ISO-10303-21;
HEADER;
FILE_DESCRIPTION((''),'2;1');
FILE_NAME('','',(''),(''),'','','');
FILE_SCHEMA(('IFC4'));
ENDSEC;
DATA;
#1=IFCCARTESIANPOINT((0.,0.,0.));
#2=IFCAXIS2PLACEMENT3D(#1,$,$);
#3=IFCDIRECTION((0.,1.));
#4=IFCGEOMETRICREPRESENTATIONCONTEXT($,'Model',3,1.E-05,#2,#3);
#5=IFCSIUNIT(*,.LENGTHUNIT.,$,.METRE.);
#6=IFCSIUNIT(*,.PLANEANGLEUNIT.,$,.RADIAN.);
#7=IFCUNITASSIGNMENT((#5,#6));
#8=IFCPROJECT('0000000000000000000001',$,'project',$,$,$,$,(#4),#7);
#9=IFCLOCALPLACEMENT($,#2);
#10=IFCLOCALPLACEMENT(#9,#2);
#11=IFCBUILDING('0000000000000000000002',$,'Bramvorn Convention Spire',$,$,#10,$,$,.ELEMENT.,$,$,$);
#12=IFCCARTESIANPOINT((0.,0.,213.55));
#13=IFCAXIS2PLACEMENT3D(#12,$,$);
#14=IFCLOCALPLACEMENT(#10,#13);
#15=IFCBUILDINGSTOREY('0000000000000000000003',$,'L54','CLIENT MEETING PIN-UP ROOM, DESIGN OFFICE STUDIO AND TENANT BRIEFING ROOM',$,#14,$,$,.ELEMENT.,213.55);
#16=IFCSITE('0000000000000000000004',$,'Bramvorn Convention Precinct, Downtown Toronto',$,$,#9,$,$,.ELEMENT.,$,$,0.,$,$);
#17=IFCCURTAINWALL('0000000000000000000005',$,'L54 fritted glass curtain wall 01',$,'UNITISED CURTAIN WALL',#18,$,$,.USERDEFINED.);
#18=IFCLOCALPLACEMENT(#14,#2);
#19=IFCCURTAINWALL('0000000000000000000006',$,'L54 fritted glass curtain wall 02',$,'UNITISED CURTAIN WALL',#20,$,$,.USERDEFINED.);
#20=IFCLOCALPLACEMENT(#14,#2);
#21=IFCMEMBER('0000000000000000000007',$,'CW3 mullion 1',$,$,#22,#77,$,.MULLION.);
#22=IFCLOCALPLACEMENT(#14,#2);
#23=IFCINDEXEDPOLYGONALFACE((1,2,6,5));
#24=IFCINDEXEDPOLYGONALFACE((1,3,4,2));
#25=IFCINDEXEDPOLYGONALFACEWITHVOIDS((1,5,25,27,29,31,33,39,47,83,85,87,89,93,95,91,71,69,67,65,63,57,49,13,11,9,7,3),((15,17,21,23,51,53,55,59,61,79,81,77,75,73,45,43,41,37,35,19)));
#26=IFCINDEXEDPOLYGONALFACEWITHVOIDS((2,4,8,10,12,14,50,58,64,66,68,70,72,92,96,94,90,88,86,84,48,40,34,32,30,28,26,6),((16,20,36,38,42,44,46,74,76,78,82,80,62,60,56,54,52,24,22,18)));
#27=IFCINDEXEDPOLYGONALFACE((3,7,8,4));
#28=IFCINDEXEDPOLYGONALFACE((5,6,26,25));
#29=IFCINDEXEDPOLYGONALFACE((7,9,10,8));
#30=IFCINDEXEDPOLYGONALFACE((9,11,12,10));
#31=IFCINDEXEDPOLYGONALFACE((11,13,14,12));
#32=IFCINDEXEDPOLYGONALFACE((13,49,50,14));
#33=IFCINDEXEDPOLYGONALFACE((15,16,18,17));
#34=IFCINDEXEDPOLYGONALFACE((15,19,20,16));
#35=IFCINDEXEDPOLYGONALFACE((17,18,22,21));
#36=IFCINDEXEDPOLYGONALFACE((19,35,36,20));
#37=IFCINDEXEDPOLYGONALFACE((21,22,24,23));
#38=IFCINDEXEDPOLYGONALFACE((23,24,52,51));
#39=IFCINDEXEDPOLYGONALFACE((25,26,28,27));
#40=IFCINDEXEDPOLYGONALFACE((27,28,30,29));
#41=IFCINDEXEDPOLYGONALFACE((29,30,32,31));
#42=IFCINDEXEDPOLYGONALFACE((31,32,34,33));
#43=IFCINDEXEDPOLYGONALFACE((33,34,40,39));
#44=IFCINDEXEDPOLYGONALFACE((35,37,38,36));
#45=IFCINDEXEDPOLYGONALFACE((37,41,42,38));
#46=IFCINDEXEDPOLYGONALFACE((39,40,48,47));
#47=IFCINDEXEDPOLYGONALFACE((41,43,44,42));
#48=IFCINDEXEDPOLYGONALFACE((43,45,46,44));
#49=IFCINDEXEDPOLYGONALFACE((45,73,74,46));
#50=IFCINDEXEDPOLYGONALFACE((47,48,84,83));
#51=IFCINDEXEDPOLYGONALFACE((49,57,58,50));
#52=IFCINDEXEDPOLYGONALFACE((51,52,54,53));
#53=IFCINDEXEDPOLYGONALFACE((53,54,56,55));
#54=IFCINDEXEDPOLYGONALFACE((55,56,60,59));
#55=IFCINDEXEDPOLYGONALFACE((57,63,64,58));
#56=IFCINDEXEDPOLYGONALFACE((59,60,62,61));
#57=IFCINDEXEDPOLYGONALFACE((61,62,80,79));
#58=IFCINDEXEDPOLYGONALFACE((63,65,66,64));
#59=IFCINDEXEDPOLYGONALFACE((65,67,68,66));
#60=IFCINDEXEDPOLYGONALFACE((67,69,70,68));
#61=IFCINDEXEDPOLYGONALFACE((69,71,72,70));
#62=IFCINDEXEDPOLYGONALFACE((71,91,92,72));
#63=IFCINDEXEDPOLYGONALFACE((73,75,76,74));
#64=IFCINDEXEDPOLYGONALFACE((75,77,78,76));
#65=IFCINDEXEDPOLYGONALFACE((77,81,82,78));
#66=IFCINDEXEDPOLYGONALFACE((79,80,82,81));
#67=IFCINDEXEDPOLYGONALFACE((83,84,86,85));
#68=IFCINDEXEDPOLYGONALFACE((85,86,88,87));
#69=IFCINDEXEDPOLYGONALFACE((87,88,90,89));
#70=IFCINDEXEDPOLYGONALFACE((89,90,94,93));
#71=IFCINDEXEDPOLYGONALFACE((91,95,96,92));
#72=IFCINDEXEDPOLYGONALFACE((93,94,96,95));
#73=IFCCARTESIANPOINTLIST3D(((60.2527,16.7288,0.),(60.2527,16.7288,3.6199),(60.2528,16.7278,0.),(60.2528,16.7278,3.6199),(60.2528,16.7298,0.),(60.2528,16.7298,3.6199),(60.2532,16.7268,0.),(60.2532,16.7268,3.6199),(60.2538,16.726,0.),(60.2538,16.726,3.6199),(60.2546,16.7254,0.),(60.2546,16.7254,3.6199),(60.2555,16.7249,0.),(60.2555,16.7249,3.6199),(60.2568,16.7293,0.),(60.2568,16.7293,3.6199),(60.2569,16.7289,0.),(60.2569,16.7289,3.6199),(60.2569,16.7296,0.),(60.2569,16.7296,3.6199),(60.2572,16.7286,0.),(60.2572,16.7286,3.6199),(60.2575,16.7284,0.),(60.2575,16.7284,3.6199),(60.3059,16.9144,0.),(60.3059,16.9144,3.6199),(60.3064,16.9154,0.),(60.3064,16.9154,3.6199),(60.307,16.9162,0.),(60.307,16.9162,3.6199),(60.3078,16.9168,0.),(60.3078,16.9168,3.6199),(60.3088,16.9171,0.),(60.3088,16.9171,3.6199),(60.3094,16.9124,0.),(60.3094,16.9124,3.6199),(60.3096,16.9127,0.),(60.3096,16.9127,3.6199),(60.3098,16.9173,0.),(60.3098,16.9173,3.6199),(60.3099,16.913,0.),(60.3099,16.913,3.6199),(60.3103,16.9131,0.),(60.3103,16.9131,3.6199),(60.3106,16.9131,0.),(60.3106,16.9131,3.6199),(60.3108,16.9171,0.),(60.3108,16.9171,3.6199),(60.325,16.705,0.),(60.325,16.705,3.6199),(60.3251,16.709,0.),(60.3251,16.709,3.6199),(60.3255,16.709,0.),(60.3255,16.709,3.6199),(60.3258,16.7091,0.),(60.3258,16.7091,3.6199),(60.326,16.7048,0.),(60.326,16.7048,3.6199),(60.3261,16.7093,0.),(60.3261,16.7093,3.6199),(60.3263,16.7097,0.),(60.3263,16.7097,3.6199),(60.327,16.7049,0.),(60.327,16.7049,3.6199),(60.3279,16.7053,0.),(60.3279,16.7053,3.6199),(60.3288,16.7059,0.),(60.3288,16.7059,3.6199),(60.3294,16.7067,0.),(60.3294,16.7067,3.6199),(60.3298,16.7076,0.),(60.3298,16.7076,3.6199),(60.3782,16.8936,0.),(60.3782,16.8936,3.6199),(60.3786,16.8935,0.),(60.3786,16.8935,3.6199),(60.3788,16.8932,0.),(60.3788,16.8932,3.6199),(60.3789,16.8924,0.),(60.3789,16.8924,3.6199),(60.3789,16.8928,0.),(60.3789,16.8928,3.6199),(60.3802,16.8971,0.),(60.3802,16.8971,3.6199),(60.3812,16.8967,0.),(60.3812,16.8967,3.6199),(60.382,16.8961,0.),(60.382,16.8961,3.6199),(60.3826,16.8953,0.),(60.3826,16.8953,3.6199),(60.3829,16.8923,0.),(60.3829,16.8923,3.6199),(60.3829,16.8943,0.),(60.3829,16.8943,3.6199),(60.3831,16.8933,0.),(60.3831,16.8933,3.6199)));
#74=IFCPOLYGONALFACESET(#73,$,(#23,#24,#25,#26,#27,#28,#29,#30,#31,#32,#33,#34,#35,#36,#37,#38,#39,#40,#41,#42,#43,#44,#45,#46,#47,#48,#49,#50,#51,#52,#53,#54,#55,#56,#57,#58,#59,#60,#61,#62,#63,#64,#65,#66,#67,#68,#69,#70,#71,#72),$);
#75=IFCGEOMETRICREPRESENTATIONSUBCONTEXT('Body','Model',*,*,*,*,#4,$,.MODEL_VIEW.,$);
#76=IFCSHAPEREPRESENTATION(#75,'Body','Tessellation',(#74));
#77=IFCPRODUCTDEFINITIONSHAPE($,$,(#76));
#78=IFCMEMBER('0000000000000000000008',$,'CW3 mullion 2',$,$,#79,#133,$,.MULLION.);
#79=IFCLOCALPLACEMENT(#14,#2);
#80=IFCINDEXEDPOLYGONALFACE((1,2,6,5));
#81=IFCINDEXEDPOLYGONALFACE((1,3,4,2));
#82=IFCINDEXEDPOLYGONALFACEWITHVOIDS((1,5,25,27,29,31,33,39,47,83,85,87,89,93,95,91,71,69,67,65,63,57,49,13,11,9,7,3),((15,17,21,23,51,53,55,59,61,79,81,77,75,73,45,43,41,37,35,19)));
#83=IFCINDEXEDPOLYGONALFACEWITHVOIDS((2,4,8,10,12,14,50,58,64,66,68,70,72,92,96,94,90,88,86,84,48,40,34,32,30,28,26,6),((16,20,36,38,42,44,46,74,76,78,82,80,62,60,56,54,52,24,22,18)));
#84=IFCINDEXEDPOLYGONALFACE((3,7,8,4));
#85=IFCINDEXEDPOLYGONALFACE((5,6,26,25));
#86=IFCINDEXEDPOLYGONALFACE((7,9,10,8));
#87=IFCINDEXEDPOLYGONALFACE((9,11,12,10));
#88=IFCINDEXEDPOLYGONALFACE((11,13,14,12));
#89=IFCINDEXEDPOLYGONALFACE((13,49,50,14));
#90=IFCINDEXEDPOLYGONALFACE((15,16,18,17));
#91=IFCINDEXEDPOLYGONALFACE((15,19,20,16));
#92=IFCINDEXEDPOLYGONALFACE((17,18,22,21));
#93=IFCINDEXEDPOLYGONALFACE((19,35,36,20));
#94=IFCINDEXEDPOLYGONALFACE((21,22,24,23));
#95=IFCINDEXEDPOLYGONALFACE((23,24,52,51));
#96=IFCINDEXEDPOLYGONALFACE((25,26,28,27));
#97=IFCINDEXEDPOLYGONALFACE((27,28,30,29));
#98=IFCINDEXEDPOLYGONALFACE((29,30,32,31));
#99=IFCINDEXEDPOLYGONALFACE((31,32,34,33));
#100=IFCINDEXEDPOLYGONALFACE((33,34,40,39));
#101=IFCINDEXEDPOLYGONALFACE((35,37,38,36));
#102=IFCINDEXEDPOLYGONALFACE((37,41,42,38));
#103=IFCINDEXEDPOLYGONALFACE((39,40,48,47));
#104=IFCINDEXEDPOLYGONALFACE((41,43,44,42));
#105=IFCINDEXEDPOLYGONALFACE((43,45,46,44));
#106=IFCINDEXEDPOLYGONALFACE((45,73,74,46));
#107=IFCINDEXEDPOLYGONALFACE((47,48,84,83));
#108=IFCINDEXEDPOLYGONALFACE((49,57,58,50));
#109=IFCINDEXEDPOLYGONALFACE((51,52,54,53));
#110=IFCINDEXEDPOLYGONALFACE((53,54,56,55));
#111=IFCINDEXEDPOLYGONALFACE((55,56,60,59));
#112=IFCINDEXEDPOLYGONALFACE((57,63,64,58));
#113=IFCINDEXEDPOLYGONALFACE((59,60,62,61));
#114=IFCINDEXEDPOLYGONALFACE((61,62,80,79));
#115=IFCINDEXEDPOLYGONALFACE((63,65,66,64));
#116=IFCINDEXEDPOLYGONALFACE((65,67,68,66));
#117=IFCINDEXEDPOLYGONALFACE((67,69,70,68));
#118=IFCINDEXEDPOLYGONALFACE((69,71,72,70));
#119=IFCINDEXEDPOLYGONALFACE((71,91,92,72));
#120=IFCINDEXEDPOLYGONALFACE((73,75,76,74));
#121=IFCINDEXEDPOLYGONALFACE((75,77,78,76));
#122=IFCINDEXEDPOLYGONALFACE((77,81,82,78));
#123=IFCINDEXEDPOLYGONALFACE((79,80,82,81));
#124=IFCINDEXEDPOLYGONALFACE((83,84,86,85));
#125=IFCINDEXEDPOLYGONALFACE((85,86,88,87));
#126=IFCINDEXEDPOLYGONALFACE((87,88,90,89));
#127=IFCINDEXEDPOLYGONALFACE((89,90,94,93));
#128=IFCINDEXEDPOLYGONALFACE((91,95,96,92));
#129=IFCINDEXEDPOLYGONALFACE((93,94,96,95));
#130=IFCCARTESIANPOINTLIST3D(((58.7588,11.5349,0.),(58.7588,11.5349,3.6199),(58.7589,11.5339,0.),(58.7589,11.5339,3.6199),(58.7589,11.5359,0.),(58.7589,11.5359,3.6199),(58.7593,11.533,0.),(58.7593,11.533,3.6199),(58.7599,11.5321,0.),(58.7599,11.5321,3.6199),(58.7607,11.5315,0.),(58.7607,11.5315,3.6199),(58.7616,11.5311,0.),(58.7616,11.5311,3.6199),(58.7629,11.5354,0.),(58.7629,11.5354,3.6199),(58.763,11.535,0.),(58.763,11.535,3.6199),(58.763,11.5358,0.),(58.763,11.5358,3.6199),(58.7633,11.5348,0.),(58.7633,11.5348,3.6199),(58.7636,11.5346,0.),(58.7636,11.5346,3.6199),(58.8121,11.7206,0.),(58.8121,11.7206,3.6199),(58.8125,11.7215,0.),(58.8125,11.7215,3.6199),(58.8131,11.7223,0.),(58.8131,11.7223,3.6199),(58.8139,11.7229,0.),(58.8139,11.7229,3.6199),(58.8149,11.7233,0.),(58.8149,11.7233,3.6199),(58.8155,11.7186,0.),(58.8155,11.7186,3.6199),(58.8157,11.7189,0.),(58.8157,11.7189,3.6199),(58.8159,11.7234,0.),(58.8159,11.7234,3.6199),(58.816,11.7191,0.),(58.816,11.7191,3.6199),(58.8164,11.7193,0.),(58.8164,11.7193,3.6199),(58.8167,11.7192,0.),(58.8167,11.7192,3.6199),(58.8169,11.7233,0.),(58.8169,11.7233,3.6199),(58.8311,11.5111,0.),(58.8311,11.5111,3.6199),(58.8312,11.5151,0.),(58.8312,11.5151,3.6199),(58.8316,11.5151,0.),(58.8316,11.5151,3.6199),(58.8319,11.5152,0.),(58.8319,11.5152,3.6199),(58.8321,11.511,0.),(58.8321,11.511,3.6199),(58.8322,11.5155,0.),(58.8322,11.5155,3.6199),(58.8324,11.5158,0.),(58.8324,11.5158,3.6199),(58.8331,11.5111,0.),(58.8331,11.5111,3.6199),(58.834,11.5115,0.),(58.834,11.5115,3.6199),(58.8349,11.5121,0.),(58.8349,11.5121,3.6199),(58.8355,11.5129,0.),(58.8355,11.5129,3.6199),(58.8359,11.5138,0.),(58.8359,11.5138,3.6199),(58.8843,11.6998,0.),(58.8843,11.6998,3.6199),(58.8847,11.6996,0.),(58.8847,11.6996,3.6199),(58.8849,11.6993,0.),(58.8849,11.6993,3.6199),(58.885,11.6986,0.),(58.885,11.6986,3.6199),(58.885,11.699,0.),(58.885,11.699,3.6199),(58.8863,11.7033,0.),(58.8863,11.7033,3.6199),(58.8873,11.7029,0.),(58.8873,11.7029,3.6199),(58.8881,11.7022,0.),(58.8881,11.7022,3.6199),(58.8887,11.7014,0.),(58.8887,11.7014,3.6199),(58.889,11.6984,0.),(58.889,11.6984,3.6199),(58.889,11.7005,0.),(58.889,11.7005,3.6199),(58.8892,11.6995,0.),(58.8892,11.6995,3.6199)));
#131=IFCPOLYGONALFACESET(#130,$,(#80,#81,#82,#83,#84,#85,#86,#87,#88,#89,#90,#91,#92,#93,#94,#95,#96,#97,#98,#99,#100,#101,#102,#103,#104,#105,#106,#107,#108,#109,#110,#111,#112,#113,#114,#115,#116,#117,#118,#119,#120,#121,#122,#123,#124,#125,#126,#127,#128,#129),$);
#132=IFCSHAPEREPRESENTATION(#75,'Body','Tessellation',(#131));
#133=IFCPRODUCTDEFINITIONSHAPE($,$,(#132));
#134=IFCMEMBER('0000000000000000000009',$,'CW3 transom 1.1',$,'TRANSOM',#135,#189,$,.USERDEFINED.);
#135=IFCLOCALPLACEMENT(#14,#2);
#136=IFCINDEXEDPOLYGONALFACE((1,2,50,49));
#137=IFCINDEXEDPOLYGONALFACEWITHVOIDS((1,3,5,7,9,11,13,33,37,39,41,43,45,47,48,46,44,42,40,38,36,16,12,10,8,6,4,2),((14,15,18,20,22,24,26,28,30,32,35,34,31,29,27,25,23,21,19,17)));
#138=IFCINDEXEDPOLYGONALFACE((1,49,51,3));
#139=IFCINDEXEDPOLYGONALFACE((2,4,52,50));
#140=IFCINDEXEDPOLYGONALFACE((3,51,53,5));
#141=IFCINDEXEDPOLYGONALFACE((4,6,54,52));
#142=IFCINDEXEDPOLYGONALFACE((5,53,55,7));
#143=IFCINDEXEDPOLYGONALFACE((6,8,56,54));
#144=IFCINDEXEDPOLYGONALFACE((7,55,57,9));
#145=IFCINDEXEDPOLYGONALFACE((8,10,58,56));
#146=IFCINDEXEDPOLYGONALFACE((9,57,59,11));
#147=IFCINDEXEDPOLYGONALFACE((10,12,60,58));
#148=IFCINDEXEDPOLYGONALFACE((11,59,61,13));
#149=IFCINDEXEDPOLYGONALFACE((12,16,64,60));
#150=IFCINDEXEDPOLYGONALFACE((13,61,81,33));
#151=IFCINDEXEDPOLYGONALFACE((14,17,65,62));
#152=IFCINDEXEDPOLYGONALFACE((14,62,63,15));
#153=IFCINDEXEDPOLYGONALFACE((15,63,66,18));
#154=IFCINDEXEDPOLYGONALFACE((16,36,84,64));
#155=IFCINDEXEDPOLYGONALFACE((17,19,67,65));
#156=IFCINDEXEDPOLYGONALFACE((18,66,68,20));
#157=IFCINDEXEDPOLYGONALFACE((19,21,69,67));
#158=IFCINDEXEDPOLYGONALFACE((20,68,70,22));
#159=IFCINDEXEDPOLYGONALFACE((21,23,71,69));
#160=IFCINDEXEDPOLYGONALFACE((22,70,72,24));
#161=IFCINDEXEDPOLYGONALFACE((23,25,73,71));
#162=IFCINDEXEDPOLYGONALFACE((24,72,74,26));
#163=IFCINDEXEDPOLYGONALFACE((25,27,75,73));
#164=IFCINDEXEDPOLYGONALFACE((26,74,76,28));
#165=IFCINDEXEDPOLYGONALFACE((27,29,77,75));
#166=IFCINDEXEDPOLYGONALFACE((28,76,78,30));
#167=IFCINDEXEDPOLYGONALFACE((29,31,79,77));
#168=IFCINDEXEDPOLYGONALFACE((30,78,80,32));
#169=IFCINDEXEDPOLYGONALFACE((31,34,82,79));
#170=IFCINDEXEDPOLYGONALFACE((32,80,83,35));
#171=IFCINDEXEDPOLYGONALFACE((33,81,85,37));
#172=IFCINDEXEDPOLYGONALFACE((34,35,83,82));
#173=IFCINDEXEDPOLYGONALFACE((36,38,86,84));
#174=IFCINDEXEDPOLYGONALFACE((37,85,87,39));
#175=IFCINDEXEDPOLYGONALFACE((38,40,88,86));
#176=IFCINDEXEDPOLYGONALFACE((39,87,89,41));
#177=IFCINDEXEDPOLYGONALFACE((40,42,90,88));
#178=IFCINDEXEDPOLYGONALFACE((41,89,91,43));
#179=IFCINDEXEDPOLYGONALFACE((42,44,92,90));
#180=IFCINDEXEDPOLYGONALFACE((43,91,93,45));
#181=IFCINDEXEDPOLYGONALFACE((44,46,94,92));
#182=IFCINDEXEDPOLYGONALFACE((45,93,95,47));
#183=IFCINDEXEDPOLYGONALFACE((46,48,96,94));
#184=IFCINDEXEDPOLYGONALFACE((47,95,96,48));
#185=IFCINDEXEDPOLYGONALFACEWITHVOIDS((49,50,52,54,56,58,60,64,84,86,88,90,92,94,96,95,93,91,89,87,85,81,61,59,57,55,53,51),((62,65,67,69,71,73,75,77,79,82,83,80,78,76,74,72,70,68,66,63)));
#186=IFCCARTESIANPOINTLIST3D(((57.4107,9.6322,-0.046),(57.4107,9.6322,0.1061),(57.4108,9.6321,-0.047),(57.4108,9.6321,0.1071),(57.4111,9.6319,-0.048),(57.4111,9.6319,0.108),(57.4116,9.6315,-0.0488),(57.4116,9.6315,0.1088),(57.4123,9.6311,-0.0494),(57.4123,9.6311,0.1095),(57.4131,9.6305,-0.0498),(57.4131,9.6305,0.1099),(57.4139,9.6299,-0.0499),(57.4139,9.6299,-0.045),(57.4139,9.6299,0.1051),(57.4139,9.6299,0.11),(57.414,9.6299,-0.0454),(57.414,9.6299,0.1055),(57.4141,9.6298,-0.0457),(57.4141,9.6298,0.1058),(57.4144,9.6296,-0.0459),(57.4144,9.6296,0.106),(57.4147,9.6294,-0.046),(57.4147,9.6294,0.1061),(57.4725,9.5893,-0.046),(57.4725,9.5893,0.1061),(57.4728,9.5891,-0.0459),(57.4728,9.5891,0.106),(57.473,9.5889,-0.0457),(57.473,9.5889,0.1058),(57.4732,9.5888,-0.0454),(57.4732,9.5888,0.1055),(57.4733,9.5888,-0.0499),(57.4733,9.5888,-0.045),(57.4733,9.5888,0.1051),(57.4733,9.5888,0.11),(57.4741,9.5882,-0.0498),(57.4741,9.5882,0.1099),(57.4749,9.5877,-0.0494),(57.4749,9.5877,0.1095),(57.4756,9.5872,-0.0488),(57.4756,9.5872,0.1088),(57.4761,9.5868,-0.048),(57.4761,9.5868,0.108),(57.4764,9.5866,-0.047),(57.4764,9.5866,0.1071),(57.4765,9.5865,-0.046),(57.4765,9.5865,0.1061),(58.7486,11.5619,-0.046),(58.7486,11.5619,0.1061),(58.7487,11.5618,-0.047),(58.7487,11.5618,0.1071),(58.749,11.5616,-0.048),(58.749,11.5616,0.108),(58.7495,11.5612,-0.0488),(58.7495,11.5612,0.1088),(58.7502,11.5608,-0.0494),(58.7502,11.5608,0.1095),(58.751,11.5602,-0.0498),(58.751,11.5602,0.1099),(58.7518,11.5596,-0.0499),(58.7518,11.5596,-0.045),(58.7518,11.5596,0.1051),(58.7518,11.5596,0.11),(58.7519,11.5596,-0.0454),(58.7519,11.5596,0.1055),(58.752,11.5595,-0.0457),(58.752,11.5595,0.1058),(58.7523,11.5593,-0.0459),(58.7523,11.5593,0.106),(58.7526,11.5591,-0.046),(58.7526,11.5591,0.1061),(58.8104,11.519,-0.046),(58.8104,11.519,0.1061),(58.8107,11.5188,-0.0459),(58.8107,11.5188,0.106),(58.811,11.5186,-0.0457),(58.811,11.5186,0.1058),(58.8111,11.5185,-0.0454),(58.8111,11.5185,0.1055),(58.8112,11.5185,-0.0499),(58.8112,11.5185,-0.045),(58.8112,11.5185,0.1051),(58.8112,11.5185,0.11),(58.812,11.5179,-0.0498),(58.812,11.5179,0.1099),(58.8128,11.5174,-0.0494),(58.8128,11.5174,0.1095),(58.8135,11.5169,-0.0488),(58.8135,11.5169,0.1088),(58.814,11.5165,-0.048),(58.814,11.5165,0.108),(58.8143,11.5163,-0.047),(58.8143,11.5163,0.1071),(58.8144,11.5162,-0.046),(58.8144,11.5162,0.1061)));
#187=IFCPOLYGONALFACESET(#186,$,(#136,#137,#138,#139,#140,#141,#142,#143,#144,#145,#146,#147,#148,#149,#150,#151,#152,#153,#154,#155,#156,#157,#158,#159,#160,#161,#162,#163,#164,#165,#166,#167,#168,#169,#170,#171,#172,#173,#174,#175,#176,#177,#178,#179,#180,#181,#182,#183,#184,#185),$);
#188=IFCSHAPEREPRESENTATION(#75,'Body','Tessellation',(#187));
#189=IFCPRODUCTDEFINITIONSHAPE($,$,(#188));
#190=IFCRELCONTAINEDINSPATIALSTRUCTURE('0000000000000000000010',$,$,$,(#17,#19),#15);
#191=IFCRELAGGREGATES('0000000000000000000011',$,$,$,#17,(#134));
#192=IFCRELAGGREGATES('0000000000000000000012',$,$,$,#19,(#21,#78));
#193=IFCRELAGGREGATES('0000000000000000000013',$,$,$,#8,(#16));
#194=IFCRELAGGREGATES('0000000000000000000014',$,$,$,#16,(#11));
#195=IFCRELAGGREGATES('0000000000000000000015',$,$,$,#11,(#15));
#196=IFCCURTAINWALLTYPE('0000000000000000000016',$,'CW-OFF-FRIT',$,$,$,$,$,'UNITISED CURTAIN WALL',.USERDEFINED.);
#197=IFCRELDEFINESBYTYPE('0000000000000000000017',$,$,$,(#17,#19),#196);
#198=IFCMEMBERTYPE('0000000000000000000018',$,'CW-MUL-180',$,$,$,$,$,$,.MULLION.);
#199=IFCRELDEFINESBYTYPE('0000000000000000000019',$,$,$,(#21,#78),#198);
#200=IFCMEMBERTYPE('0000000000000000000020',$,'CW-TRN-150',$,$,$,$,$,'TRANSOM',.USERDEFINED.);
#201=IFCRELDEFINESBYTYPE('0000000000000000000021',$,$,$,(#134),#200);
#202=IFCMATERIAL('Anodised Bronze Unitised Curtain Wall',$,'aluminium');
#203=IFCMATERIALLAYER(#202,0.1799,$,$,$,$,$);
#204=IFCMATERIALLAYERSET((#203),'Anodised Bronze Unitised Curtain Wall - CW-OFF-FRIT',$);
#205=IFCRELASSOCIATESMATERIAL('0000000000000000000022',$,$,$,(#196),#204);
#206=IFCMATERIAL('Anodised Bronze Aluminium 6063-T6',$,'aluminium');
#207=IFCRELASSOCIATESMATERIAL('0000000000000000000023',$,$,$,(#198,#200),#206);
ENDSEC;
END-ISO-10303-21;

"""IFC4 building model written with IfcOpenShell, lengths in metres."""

from ifc_helpers import new_model, si_unit, direction, frame, origin, origin_2d, place, context, subcontext, project, spatial, hollow_rectangle, extrude, material, layer, layer_set, material_profile, profile_set, type_object, element, aggregate, save


model = new_model("IFC4")

# Units and contexts
model_context = context("Model", 3, precision=1e-05, world=origin(), true_north=direction((0.0, 1.0)))
body_context = subcontext(model_context, "Body", "Model", "MODEL_VIEW")
ifc_project = project(units=[si_unit("LENGTHUNIT", "METRE"), si_unit("PLANEANGLEUNIT", "RADIAN")], contexts=[model_context])

# Site, building, storey
site_placement = place(None, origin())
site = spatial("IfcSite", under=ifc_project, at=site_placement, Name="Bramvorn Convention Precinct, Downtown Toronto", CompositionType="ELEMENT", RefElevation=0.0)
building_placement = place(site_placement, origin())
building = spatial("IfcBuilding", under=site, at=building_placement, Name="Bramvorn Convention Spire", CompositionType="ELEMENT")
storey_placement = place(building_placement, frame((0.0, 0.0, 213.55)))
storey = spatial("IfcBuildingStorey", under=building, at=storey_placement, Name="L54", Description="CLIENT MEETING PIN-UP ROOM, DESIGN OFFICE STUDIO AND TENANT BRIEFING ROOM", CompositionType="ELEMENT", Elevation=213.55)

# Curtain walls, members
ifc_material_1 = material(Name="Anodised Bronze Unitised Curtain Wall", Category="aluminium")
ifc_layer_1 = layer(ifc_material_1, 0.1799)
ifc_layer_set_1 = layer_set([ifc_layer_1], Name="Anodised Bronze Unitised Curtain Wall - CW-OFF-FRIT")
curtain_wall_type = type_object("IfcCurtainWallType", Name="CW-OFF-FRIT", ElementType="UNITISED CURTAIN WALL", PredefinedType="USERDEFINED", material=ifc_layer_set_1)
curtain_wall_1_placement = place(storey_placement, origin())
curtain_wall_1 = element("IfcCurtainWall", 1, at=curtain_wall_1_placement, inside=storey, type_object=curtain_wall_type, Name="L54 fritted glass curtain wall 01", ObjectType="UNITISED CURTAIN WALL", PredefinedType="USERDEFINED")
ifc_material_2 = material(Name="Anodised Bronze Aluminium 6063-T6", Category="aluminium")
ifc_material_profile_1 = material_profile(ifc_material_2, hollow_rectangle(XDim=0.0801, YDim=0.2, WallThickness=0.0039, InnerFilletRadius=0.001, OuterFilletRadius=0.0039, at=origin_2d()))
ifc_profile_set_1 = profile_set([ifc_material_profile_1], Name="Anodised Bronze Aluminium 6063-T6 - CWM80X200")
member_type_1 = type_object("IfcMemberType", Name="CW-MUL-180", PredefinedType="MULLION", material=ifc_profile_set_1)
curtain_wall_2_placement = place(storey_placement, origin())
curtain_wall_2 = element("IfcCurtainWall", 2, at=curtain_wall_2_placement, inside=storey, type_object=curtain_wall_type, Name="L54 fritted glass curtain wall 02", ObjectType="UNITISED CURTAIN WALL", PredefinedType="USERDEFINED")
member_1_placement = place(storey_placement, frame((60.3179, 16.811, 0.0), z_axis=(0.0, 0.0, 1.0), x_axis=(0.961037, -0.27642, 0.0)))
member_1 = element("IfcMember", 3, at=member_1_placement, type_object=member_type_1, Name="CW3 mullion 1", PredefinedType="MULLION", context=body_context, shape_type="SweptSolid", body=[
    extrude(hollow_rectangle(XDim=0.0801, YDim=0.2, WallThickness=0.0039, InnerFilletRadius=0.001, OuterFilletRadius=0.0039, at=origin_2d()), origin(), (0.0, 0.0, 1.0), 3.6199),
])
member_2_placement = place(storey_placement, frame((58.824, 11.6172, 0.0), z_axis=(0.0, 0.0, 1.0), x_axis=(0.961037, -0.27642, 0.0)))
member_2 = element("IfcMember", 4, at=member_2_placement, type_object=member_type_1, Name="CW3 mullion 2", PredefinedType="MULLION", context=body_context, shape_type="SweptSolid", body=[
    extrude(hollow_rectangle(XDim=0.0801, YDim=0.2, WallThickness=0.0039, InnerFilletRadius=0.001, OuterFilletRadius=0.0039, at=origin_2d()), origin(), (0.0, 0.0, 1.0), 3.6199),
])

# Member
ifc_material_profile_2 = material_profile(ifc_material_2, hollow_rectangle(XDim=0.0801, YDim=0.1599, WallThickness=0.0039, InnerFilletRadius=0.001, OuterFilletRadius=0.0039, at=origin_2d()))
ifc_profile_set_2 = profile_set([ifc_material_profile_2], Name="Anodised Bronze Aluminium 6063-T6 - CWT80X160")
member_type_2 = type_object("IfcMemberType", Name="CW-TRN-150", ElementType="TRANSOM", PredefinedType="USERDEFINED", material=ifc_profile_set_2)
member_3_placement = place(storey_placement, frame((58.7815, 11.5391, 0.03), z_axis=(-0.569772, -0.821803, 0.0), x_axis=(0.821803, -0.569772, 0.0)))
member_3 = element("IfcMember", 5, at=member_3_placement, type_object=member_type_2, Name="CW3 transom 1.1", ObjectType="TRANSOM", PredefinedType="USERDEFINED", context=body_context, shape_type="SweptSolid", body=[
    extrude(hollow_rectangle(XDim=0.0801, YDim=0.1599, WallThickness=0.0039, InnerFilletRadius=0.001, OuterFilletRadius=0.0039, at=origin_2d()), origin(), (0.0, 0.0, 1.0), 2.3481),
])

aggregate(curtain_wall_1, [member_3])
aggregate(curtain_wall_2, [member_1, member_2])

save(model, "model.ifc")
